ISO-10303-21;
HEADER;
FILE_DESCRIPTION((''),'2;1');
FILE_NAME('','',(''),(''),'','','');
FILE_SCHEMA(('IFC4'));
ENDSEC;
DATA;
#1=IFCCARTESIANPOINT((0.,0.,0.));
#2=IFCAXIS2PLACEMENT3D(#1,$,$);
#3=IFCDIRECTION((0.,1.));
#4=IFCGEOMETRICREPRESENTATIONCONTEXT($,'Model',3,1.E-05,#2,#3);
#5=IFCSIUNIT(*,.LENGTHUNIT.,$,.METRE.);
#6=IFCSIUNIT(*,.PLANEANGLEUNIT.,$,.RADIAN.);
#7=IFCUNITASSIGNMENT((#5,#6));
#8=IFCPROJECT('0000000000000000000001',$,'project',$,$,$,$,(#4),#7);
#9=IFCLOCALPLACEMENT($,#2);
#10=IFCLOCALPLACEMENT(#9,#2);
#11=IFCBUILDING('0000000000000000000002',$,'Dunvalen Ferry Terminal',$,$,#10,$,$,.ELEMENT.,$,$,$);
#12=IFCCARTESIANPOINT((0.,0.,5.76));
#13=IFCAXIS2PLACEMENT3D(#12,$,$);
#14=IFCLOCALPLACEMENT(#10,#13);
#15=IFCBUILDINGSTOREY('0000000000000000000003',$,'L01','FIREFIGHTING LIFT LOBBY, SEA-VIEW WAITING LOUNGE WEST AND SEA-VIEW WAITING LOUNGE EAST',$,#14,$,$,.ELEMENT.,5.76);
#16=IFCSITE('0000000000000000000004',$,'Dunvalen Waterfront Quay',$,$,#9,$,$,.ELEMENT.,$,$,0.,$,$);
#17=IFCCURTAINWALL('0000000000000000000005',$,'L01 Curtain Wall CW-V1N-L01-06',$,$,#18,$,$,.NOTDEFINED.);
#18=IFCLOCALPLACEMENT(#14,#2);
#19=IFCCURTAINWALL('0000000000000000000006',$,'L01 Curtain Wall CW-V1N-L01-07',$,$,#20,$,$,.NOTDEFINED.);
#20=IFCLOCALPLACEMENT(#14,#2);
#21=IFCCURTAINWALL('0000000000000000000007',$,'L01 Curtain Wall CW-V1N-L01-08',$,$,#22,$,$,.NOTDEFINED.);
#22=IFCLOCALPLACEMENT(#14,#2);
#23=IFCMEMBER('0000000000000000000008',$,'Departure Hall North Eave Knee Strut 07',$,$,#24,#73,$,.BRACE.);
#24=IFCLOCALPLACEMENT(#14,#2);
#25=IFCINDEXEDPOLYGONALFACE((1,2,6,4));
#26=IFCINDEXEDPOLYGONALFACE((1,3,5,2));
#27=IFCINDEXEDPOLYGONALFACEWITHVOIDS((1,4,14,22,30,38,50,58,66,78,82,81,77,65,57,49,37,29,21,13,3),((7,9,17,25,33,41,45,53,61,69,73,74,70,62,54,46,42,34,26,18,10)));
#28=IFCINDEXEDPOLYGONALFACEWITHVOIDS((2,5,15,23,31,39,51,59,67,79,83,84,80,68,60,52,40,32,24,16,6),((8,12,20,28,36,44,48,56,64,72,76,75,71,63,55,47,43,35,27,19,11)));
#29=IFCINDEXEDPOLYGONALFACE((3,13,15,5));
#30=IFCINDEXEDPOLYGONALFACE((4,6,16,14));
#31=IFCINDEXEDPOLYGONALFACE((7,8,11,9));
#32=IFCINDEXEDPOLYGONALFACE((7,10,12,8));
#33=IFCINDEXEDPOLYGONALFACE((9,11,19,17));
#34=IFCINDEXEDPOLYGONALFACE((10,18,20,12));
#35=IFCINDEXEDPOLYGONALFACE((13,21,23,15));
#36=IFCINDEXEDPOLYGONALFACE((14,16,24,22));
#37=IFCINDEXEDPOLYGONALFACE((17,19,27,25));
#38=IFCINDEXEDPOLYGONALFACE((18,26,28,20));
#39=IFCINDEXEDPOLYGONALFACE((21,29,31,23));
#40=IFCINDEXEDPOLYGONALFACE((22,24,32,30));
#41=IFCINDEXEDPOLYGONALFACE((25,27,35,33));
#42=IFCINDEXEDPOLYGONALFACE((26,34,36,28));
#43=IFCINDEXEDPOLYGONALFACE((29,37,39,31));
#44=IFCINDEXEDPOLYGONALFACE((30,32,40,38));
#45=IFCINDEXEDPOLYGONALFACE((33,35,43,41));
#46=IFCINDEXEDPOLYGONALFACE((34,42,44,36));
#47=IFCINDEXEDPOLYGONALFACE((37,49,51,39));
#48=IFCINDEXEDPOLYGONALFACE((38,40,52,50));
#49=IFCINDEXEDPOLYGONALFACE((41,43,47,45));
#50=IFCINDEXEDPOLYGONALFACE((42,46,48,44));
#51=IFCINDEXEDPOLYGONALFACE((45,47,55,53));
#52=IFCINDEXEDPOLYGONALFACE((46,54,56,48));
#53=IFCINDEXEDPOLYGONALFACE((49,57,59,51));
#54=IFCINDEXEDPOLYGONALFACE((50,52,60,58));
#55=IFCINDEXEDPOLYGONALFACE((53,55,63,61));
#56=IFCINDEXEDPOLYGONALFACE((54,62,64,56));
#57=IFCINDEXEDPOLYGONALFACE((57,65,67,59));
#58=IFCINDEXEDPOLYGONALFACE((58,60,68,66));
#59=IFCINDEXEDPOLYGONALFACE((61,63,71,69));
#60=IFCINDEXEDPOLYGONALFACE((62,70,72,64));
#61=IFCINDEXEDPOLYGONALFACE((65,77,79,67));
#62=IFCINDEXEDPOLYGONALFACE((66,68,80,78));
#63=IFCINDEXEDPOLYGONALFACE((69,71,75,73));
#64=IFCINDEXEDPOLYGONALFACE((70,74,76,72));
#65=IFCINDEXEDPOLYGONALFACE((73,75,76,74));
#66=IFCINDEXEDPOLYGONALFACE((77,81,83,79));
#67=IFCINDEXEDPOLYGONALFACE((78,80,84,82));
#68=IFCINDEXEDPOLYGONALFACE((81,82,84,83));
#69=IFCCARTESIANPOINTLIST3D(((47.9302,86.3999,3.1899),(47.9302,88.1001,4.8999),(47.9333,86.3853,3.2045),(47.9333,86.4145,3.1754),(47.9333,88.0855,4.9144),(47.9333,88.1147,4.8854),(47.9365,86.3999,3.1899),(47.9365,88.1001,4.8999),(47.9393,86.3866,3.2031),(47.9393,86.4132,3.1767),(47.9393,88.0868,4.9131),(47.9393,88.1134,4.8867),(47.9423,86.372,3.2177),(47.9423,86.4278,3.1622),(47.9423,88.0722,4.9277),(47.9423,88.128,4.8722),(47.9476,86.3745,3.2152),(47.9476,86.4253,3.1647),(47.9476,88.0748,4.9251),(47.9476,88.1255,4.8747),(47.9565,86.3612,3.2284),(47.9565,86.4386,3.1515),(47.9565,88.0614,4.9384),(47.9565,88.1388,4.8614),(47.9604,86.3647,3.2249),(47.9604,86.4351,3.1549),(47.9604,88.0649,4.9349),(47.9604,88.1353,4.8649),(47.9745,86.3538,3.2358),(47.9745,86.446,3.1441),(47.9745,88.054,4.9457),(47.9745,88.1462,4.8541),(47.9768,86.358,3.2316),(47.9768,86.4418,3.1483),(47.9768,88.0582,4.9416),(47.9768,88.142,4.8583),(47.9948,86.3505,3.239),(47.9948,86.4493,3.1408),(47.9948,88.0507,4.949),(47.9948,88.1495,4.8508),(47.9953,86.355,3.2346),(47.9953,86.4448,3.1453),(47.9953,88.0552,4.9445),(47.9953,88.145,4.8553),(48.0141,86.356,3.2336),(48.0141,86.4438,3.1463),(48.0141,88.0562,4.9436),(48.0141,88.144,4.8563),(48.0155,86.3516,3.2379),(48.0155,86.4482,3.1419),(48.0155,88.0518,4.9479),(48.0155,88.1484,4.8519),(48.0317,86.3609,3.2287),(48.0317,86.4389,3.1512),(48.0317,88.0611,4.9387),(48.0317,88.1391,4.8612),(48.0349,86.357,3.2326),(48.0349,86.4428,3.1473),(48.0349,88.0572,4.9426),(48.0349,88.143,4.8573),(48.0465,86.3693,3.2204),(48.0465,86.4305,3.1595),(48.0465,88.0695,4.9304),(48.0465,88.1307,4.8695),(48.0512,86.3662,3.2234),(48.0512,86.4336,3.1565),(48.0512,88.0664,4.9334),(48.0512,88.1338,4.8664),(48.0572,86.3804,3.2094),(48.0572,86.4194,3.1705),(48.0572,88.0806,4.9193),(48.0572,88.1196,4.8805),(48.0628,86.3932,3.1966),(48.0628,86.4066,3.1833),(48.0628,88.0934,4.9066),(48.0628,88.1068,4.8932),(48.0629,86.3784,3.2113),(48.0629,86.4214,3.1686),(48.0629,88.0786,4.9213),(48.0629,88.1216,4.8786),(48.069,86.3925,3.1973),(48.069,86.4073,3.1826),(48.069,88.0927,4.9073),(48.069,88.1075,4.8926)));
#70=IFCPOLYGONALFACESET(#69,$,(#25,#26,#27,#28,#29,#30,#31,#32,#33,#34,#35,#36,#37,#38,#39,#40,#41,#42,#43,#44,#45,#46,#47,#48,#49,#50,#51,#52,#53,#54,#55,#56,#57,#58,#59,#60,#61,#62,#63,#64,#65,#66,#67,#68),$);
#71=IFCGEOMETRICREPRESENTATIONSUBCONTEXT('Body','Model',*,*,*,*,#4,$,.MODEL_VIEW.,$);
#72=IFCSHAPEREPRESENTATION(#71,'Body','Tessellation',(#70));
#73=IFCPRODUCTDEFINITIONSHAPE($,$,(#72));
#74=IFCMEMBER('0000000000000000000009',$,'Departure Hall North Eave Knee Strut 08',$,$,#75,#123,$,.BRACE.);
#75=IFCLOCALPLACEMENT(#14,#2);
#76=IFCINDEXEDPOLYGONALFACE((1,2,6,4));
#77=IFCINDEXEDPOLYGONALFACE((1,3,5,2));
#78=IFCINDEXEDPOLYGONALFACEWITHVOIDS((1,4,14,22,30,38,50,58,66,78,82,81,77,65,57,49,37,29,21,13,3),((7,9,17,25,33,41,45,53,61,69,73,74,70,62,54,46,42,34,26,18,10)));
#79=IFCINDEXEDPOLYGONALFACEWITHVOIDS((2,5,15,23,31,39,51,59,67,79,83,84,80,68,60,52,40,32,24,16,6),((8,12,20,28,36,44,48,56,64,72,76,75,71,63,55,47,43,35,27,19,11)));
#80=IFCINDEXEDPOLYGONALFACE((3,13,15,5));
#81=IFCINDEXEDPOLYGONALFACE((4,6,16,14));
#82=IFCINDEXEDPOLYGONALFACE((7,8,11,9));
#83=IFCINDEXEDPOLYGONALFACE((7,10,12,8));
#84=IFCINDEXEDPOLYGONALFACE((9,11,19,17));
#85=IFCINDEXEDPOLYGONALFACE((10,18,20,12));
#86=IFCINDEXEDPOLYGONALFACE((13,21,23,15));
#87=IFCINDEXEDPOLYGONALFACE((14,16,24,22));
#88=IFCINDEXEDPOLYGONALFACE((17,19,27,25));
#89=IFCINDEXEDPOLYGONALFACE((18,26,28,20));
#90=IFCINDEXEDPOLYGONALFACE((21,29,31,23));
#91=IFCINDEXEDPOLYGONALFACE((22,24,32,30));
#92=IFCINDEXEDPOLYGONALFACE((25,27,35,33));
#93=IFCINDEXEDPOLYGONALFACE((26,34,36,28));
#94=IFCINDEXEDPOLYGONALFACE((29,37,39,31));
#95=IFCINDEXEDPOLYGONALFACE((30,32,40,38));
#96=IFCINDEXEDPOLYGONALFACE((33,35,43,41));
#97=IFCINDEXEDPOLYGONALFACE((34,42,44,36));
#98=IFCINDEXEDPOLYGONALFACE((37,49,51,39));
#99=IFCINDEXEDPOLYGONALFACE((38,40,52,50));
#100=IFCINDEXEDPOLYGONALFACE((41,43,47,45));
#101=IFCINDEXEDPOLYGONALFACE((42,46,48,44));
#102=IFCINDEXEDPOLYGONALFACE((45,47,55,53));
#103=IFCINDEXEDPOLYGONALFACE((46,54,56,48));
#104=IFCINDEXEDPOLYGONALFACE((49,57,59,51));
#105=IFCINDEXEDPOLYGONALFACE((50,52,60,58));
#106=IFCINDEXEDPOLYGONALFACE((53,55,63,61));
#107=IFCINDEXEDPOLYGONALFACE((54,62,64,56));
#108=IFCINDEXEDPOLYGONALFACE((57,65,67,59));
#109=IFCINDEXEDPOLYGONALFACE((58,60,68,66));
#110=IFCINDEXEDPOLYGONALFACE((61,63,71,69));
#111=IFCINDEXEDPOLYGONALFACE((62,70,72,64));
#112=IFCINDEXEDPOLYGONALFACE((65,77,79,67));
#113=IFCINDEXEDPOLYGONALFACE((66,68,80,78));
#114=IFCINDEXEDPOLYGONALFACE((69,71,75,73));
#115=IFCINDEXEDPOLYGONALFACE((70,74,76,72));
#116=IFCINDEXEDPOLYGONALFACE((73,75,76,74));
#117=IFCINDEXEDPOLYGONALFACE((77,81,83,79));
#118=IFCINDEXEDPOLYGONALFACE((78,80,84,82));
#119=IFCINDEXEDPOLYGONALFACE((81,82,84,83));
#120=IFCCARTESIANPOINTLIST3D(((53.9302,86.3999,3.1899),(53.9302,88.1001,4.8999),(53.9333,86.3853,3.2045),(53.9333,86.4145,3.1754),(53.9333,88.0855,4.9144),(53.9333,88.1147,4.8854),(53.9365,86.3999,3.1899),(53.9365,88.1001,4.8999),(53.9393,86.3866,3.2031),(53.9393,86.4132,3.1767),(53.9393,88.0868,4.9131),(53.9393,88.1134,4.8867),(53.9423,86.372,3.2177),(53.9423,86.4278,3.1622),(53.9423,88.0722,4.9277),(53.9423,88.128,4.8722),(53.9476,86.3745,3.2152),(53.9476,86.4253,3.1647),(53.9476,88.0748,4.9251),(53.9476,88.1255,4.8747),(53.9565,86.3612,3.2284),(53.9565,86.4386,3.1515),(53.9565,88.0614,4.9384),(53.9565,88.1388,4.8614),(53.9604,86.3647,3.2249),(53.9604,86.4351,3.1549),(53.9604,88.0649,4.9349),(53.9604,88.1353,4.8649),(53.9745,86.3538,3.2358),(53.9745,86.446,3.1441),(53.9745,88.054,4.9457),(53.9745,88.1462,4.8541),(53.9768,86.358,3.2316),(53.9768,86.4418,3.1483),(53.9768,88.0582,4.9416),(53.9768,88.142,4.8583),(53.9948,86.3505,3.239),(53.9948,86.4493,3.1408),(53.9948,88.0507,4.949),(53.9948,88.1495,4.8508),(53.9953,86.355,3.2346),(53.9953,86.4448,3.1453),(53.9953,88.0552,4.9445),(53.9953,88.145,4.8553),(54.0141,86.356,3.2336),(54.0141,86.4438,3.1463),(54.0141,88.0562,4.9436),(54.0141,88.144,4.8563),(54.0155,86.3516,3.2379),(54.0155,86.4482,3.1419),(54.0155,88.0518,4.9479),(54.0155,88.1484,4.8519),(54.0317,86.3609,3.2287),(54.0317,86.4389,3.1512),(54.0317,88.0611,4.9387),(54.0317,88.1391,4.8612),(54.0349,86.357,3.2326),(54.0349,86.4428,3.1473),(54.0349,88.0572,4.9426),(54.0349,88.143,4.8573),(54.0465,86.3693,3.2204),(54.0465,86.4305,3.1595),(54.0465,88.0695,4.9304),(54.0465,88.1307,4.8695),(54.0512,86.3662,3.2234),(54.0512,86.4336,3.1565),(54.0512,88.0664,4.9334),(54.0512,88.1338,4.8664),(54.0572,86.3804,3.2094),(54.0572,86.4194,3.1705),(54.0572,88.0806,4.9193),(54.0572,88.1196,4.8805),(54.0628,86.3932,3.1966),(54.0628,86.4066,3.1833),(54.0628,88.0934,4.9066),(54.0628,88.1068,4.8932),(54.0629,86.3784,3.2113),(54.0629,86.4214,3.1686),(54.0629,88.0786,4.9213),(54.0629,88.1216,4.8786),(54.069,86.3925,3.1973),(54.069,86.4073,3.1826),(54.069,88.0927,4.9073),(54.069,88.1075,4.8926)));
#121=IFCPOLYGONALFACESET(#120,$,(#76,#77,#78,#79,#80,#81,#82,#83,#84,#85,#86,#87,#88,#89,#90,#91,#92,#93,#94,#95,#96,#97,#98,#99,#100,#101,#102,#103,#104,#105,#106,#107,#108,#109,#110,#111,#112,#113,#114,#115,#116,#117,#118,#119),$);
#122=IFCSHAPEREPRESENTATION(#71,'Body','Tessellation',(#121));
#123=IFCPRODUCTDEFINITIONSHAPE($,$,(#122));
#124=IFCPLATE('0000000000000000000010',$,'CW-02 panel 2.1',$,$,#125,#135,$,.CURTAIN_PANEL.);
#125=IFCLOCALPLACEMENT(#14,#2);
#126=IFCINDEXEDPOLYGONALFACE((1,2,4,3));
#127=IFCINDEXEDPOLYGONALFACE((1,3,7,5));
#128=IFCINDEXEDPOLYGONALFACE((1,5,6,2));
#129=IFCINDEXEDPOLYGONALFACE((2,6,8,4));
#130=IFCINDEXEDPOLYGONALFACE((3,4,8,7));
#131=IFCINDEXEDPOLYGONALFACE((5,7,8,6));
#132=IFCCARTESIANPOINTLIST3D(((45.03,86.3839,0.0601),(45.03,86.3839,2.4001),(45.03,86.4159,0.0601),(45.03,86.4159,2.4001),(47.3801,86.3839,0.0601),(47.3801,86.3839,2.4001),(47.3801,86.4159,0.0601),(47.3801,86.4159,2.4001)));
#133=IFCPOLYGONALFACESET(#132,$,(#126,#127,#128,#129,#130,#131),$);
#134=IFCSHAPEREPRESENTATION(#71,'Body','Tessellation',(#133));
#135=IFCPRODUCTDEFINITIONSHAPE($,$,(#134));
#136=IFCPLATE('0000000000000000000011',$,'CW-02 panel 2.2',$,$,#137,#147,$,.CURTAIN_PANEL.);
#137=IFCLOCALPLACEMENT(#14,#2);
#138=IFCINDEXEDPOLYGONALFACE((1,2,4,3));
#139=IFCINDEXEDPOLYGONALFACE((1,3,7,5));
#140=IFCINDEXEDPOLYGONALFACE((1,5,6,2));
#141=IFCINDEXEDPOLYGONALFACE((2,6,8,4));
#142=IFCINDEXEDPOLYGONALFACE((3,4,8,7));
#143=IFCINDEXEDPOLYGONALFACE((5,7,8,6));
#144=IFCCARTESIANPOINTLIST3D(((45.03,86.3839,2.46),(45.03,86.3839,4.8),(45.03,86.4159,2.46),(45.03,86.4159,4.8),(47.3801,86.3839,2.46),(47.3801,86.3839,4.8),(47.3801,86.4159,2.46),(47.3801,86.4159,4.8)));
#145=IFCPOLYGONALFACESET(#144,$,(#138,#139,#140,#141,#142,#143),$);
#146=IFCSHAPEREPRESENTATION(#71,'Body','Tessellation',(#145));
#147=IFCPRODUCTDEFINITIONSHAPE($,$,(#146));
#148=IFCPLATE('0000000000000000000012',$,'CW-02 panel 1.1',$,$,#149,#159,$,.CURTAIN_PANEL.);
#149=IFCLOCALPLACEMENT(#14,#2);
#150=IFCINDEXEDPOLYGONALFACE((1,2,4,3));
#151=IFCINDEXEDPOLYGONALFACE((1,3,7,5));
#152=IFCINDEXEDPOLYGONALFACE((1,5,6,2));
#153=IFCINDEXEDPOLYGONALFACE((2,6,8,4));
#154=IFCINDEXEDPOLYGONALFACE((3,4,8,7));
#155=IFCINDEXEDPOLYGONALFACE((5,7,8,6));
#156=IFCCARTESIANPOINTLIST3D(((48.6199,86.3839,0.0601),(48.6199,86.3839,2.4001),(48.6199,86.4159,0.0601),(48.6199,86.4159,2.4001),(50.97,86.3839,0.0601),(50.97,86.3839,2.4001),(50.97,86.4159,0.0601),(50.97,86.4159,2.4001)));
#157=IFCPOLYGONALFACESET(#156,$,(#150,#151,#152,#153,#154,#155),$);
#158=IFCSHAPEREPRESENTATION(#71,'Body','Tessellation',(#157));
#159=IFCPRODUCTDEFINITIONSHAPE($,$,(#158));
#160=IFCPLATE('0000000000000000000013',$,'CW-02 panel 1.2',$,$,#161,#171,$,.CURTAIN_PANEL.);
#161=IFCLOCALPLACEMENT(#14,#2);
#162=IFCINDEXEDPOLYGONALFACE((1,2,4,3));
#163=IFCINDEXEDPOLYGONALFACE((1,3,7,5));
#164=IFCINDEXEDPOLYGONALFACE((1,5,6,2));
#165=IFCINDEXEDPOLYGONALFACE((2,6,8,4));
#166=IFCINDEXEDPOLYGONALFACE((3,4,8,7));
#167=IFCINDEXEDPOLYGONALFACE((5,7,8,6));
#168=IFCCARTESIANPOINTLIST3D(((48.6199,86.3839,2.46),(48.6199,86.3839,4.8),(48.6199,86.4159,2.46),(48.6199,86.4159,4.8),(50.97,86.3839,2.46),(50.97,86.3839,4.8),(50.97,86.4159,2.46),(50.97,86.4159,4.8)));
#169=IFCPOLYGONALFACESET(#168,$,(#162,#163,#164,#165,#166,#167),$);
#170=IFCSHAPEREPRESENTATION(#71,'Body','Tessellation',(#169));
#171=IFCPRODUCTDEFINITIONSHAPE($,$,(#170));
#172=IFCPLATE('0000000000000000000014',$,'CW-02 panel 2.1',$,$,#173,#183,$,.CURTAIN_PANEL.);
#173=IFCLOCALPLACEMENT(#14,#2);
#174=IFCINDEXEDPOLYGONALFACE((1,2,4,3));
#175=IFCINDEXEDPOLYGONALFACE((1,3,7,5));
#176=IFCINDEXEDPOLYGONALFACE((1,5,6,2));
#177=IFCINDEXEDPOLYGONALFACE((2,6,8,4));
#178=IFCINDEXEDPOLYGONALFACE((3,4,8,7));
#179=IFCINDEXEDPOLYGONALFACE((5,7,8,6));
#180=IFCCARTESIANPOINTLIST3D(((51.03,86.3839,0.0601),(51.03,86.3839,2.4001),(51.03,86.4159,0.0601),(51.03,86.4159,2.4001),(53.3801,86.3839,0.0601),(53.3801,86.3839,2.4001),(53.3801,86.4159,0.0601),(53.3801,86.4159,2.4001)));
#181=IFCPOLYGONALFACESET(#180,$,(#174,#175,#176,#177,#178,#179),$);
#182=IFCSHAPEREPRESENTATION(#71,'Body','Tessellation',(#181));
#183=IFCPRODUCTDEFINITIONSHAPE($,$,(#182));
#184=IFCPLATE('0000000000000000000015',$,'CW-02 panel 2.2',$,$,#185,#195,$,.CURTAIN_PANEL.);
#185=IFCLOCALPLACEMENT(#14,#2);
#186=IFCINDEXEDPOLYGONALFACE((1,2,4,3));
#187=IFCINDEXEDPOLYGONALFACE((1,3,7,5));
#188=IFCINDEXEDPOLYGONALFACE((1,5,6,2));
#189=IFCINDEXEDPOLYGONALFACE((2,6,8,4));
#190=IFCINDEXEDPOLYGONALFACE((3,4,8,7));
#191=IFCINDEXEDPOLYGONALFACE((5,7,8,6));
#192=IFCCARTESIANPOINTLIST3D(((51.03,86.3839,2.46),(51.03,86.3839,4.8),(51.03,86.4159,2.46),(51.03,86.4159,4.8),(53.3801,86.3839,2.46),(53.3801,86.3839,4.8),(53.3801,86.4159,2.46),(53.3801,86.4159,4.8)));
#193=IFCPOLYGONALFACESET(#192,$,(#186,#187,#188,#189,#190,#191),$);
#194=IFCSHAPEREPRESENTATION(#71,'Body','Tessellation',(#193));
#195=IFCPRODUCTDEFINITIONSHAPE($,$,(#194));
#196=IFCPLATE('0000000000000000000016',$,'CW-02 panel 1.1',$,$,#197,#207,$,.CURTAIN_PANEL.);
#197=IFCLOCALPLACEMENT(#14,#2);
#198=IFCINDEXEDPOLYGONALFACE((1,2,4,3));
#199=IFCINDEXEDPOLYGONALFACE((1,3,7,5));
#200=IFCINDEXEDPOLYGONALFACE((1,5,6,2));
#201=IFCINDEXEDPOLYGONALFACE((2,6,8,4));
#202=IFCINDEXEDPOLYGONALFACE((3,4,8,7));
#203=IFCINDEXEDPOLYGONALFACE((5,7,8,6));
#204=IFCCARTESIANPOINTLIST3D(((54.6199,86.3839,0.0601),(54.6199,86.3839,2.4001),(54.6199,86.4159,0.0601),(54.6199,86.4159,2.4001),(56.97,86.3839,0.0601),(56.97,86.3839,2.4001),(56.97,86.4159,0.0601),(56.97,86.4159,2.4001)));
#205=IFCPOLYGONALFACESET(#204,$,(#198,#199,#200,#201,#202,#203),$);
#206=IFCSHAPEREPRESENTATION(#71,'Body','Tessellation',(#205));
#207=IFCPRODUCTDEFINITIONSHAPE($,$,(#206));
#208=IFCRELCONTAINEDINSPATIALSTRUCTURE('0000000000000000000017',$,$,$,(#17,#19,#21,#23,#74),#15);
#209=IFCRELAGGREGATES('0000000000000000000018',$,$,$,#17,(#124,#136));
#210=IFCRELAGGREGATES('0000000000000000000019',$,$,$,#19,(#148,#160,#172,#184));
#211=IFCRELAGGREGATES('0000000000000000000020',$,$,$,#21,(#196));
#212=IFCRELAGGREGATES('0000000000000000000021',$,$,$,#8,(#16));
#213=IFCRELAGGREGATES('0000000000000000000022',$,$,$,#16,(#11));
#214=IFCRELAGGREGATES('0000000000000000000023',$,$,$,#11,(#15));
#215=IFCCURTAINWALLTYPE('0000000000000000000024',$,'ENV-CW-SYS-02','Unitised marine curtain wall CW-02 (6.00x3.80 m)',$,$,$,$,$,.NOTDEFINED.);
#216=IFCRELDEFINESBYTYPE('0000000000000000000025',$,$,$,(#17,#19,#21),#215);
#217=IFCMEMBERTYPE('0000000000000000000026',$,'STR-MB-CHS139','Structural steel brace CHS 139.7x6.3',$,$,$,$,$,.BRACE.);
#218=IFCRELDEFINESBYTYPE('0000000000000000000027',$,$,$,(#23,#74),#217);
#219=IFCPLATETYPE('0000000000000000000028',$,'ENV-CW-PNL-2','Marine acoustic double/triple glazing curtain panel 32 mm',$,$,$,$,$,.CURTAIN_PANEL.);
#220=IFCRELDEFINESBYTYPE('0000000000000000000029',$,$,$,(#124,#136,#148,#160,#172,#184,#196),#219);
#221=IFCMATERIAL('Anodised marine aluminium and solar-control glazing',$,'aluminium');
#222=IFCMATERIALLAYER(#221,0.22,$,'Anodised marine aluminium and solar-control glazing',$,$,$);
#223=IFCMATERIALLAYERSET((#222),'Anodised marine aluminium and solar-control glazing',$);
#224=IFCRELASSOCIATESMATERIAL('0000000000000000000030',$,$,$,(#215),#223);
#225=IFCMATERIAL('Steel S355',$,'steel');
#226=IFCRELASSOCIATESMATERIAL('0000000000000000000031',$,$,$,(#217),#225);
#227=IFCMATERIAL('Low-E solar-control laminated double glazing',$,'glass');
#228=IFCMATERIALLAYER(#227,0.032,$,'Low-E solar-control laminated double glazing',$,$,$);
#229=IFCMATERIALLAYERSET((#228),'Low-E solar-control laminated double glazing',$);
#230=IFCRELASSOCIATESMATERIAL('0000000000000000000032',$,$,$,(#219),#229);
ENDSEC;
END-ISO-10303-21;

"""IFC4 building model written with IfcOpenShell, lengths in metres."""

from ifc_helpers import new_model, si_unit, direction, frame, origin, origin_2d, place, context, subcontext, project, spatial, rectangle, hollow_circle, extrude, material, layer, layer_set, material_profile, profile_set, type_object, element, aggregate, save


model = new_model("IFC4")

# Units and contexts
model_context = context("Model", 3, precision=1e-05, world=origin(), true_north=direction((0.0, 1.0)))
body_context = subcontext(model_context, "Body", "Model", "MODEL_VIEW")
ifc_project = project(units=[si_unit("LENGTHUNIT", "METRE"), si_unit("PLANEANGLEUNIT", "RADIAN")], contexts=[model_context])

# Site, building, storey
site_placement = place(None, origin())
site = spatial("IfcSite", under=ifc_project, at=site_placement, Name="Dunvalen Waterfront Quay", CompositionType="ELEMENT", RefElevation=0.0)
building_placement = place(site_placement, origin())
building = spatial("IfcBuilding", under=site, at=building_placement, Name="Dunvalen Ferry Terminal", CompositionType="ELEMENT")
storey_placement = place(building_placement, frame((0.0, 0.0, 5.76)))
storey = spatial("IfcBuildingStorey", under=building, at=storey_placement, Name="L01", Description="FIREFIGHTING LIFT LOBBY, SEA-VIEW WAITING LOUNGE WEST AND SEA-VIEW WAITING LOUNGE EAST", CompositionType="ELEMENT", Elevation=5.76)

# Curtain wall
ifc_material_1 = material(Name="Anodised marine aluminium and solar-control glazing", Category="aluminium")
ifc_layer_1 = layer(ifc_material_1, 0.22, Name="Anodised marine aluminium and solar-control glazing")
ifc_layer_set_1 = layer_set([ifc_layer_1], Name="Anodised marine aluminium and solar-control glazing")
curtain_wall_type = type_object("IfcCurtainWallType", Name="ENV-CW-SYS-02", Description="Unitised marine curtain wall CW-02 (6.00x3.80 m)", PredefinedType="NOTDEFINED", material=ifc_layer_set_1)
curtain_wall_1_placement = place(storey_placement, origin())
curtain_wall_1 = element("IfcCurtainWall", 1, at=curtain_wall_1_placement, inside=storey, type_object=curtain_wall_type, Name="L01 Curtain Wall CW-V1N-L01-06", PredefinedType="NOTDEFINED")

# Curtain walls
curtain_wall_2_placement = place(storey_placement, origin())
curtain_wall_2 = element("IfcCurtainWall", 2, at=curtain_wall_2_placement, inside=storey, type_object=curtain_wall_type, Name="L01 Curtain Wall CW-V1N-L01-07", PredefinedType="NOTDEFINED")
curtain_wall_3_placement = place(storey_placement, origin())
curtain_wall_3 = element("IfcCurtainWall", 3, at=curtain_wall_3_placement, inside=storey, type_object=curtain_wall_type, Name="L01 Curtain Wall CW-V1N-L01-08", PredefinedType="NOTDEFINED")

# Shared definitions
ifc_material_2 = material(Name="Steel S355", Category="steel")

# Members
ifc_material_profile_1 = material_profile(ifc_material_2, hollow_circle(Radius=0.0698, WallThickness=0.0063, at=origin_2d()), Name="Steel S355")
ifc_profile_set_1 = profile_set([ifc_material_profile_1], Name="Steel S355")
member_type_1 = type_object("IfcMemberType", Name="STR-MB-CHS139", Description="Structural steel brace CHS 139.7x6.3", PredefinedType="BRACE", material=ifc_profile_set_1)
for number, where, z_axis, x_axis, name in (
    (4, (48.0, 86.3999, 3.1899), (0.0, 0.705079, 0.709129), (-1.0, 0.0, 0.0), "Departure Hall North Eave Knee Strut 07"),
    (5, (54.0, 86.3999, 3.1899), (0.0, 0.705079, 0.709129), (-1.0, 0.0, 0.0), "Departure Hall North Eave Knee Strut 08"),
):
    element("IfcMember", number, at=place(storey_placement, frame(where, z_axis=z_axis, x_axis=x_axis)), inside=storey, type_object=member_type_1, Name=name, PredefinedType="BRACE", context=body_context, shape_type="SweptSolid", body=[
        extrude(hollow_circle(Radius=0.0698, WallThickness=0.0063, at=origin_2d()), origin(), (0.0, 0.0, 1.0), 2.4114),
    ])

# Plates
ifc_material_3 = material(Name="Low-E solar-control laminated double glazing", Category="glass")
ifc_layer_2 = layer(ifc_material_3, 0.032, Name="Low-E solar-control laminated double glazing")
ifc_layer_set_2 = layer_set([ifc_layer_2], Name="Low-E solar-control laminated double glazing")
plate_type_1 = type_object("IfcPlateType", Name="ENV-CW-PNL-2", Description="Marine acoustic double/triple glazing curtain panel 32 mm", PredefinedType="CURTAIN_PANEL", material=ifc_layer_set_2)
plate_1_placement = place(storey_placement, frame((46.2051, 86.3999, 0.0601), z_axis=(0.0, 0.0, 1.0), x_axis=(1.0, 0.0, 0.0)))
plate_1 = element("IfcPlate", 6, at=plate_1_placement, type_object=plate_type_1, Name="CW-02 panel 2.1", PredefinedType="CURTAIN_PANEL", context=body_context, shape_type="SweptSolid", body=[
    extrude(rectangle(XDim=2.3501, YDim=0.032, at=origin_2d()), origin(), (0.0, 0.0, 1.0), 2.3401),
])
plate_2_placement = place(storey_placement, frame((46.2051, 86.3999, 2.46), z_axis=(0.0, 0.0, 1.0), x_axis=(1.0, 0.0, 0.0)))
plate_2 = element("IfcPlate", 7, at=plate_2_placement, type_object=plate_type_1, Name="CW-02 panel 2.2", PredefinedType="CURTAIN_PANEL", context=body_context, shape_type="SweptSolid", body=[
    extrude(rectangle(XDim=2.3501, YDim=0.032, at=origin_2d()), origin(), (0.0, 0.0, 1.0), 2.3401),
])
aggregate(curtain_wall_1, [plate_1, plate_2])
plate_3_placement = place(storey_placement, frame((49.7949, 86.3999, 0.0601), z_axis=(0.0, 0.0, 1.0), x_axis=(1.0, 0.0, 0.0)))
plate_3 = element("IfcPlate", 8, at=plate_3_placement, type_object=plate_type_1, Name="CW-02 panel 1.1", PredefinedType="CURTAIN_PANEL", context=body_context, shape_type="SweptSolid", body=[
    extrude(rectangle(XDim=2.3501, YDim=0.032, at=origin_2d()), origin(), (0.0, 0.0, 1.0), 2.3401),
])
plate_4_placement = place(storey_placement, frame((49.7949, 86.3999, 2.46), z_axis=(0.0, 0.0, 1.0), x_axis=(1.0, 0.0, 0.0)))
plate_4 = element("IfcPlate", 9, at=plate_4_placement, type_object=plate_type_1, Name="CW-02 panel 1.2", PredefinedType="CURTAIN_PANEL", context=body_context, shape_type="SweptSolid", body=[
    extrude(rectangle(XDim=2.3501, YDim=0.032, at=origin_2d()), origin(), (0.0, 0.0, 1.0), 2.3401),
])
plate_5_placement = place(storey_placement, frame((52.2051, 86.3999, 0.0601), z_axis=(0.0, 0.0, 1.0), x_axis=(1.0, 0.0, 0.0)))
plate_5 = element("IfcPlate", 10, at=plate_5_placement, type_object=plate_type_1, Name="CW-02 panel 2.1", PredefinedType="CURTAIN_PANEL", context=body_context, shape_type="SweptSolid", body=[
    extrude(rectangle(XDim=2.3501, YDim=0.032, at=origin_2d()), origin(), (0.0, 0.0, 1.0), 2.3401),
])
plate_6_placement = place(storey_placement, frame((52.2051, 86.3999, 2.46), z_axis=(0.0, 0.0, 1.0), x_axis=(1.0, 0.0, 0.0)))
plate_6 = element("IfcPlate", 11, at=plate_6_placement, type_object=plate_type_1, Name="CW-02 panel 2.2", PredefinedType="CURTAIN_PANEL", context=body_context, shape_type="SweptSolid", body=[
    extrude(rectangle(XDim=2.3501, YDim=0.032, at=origin_2d()), origin(), (0.0, 0.0, 1.0), 2.3401),
])
aggregate(curtain_wall_2, [plate_3, plate_4, plate_5, plate_6])
plate_7_placement = place(storey_placement, frame((55.7949, 86.3999, 0.0601), z_axis=(0.0, 0.0, 1.0), x_axis=(1.0, 0.0, 0.0)))
plate_7 = element("IfcPlate", 12, at=plate_7_placement, type_object=plate_type_1, Name="CW-02 panel 1.1", PredefinedType="CURTAIN_PANEL", context=body_context, shape_type="SweptSolid", body=[
    extrude(rectangle(XDim=2.3501, YDim=0.032, at=origin_2d()), origin(), (0.0, 0.0, 1.0), 2.3401),
])
aggregate(curtain_wall_3, [plate_7])

save(model, "model.ifc")
